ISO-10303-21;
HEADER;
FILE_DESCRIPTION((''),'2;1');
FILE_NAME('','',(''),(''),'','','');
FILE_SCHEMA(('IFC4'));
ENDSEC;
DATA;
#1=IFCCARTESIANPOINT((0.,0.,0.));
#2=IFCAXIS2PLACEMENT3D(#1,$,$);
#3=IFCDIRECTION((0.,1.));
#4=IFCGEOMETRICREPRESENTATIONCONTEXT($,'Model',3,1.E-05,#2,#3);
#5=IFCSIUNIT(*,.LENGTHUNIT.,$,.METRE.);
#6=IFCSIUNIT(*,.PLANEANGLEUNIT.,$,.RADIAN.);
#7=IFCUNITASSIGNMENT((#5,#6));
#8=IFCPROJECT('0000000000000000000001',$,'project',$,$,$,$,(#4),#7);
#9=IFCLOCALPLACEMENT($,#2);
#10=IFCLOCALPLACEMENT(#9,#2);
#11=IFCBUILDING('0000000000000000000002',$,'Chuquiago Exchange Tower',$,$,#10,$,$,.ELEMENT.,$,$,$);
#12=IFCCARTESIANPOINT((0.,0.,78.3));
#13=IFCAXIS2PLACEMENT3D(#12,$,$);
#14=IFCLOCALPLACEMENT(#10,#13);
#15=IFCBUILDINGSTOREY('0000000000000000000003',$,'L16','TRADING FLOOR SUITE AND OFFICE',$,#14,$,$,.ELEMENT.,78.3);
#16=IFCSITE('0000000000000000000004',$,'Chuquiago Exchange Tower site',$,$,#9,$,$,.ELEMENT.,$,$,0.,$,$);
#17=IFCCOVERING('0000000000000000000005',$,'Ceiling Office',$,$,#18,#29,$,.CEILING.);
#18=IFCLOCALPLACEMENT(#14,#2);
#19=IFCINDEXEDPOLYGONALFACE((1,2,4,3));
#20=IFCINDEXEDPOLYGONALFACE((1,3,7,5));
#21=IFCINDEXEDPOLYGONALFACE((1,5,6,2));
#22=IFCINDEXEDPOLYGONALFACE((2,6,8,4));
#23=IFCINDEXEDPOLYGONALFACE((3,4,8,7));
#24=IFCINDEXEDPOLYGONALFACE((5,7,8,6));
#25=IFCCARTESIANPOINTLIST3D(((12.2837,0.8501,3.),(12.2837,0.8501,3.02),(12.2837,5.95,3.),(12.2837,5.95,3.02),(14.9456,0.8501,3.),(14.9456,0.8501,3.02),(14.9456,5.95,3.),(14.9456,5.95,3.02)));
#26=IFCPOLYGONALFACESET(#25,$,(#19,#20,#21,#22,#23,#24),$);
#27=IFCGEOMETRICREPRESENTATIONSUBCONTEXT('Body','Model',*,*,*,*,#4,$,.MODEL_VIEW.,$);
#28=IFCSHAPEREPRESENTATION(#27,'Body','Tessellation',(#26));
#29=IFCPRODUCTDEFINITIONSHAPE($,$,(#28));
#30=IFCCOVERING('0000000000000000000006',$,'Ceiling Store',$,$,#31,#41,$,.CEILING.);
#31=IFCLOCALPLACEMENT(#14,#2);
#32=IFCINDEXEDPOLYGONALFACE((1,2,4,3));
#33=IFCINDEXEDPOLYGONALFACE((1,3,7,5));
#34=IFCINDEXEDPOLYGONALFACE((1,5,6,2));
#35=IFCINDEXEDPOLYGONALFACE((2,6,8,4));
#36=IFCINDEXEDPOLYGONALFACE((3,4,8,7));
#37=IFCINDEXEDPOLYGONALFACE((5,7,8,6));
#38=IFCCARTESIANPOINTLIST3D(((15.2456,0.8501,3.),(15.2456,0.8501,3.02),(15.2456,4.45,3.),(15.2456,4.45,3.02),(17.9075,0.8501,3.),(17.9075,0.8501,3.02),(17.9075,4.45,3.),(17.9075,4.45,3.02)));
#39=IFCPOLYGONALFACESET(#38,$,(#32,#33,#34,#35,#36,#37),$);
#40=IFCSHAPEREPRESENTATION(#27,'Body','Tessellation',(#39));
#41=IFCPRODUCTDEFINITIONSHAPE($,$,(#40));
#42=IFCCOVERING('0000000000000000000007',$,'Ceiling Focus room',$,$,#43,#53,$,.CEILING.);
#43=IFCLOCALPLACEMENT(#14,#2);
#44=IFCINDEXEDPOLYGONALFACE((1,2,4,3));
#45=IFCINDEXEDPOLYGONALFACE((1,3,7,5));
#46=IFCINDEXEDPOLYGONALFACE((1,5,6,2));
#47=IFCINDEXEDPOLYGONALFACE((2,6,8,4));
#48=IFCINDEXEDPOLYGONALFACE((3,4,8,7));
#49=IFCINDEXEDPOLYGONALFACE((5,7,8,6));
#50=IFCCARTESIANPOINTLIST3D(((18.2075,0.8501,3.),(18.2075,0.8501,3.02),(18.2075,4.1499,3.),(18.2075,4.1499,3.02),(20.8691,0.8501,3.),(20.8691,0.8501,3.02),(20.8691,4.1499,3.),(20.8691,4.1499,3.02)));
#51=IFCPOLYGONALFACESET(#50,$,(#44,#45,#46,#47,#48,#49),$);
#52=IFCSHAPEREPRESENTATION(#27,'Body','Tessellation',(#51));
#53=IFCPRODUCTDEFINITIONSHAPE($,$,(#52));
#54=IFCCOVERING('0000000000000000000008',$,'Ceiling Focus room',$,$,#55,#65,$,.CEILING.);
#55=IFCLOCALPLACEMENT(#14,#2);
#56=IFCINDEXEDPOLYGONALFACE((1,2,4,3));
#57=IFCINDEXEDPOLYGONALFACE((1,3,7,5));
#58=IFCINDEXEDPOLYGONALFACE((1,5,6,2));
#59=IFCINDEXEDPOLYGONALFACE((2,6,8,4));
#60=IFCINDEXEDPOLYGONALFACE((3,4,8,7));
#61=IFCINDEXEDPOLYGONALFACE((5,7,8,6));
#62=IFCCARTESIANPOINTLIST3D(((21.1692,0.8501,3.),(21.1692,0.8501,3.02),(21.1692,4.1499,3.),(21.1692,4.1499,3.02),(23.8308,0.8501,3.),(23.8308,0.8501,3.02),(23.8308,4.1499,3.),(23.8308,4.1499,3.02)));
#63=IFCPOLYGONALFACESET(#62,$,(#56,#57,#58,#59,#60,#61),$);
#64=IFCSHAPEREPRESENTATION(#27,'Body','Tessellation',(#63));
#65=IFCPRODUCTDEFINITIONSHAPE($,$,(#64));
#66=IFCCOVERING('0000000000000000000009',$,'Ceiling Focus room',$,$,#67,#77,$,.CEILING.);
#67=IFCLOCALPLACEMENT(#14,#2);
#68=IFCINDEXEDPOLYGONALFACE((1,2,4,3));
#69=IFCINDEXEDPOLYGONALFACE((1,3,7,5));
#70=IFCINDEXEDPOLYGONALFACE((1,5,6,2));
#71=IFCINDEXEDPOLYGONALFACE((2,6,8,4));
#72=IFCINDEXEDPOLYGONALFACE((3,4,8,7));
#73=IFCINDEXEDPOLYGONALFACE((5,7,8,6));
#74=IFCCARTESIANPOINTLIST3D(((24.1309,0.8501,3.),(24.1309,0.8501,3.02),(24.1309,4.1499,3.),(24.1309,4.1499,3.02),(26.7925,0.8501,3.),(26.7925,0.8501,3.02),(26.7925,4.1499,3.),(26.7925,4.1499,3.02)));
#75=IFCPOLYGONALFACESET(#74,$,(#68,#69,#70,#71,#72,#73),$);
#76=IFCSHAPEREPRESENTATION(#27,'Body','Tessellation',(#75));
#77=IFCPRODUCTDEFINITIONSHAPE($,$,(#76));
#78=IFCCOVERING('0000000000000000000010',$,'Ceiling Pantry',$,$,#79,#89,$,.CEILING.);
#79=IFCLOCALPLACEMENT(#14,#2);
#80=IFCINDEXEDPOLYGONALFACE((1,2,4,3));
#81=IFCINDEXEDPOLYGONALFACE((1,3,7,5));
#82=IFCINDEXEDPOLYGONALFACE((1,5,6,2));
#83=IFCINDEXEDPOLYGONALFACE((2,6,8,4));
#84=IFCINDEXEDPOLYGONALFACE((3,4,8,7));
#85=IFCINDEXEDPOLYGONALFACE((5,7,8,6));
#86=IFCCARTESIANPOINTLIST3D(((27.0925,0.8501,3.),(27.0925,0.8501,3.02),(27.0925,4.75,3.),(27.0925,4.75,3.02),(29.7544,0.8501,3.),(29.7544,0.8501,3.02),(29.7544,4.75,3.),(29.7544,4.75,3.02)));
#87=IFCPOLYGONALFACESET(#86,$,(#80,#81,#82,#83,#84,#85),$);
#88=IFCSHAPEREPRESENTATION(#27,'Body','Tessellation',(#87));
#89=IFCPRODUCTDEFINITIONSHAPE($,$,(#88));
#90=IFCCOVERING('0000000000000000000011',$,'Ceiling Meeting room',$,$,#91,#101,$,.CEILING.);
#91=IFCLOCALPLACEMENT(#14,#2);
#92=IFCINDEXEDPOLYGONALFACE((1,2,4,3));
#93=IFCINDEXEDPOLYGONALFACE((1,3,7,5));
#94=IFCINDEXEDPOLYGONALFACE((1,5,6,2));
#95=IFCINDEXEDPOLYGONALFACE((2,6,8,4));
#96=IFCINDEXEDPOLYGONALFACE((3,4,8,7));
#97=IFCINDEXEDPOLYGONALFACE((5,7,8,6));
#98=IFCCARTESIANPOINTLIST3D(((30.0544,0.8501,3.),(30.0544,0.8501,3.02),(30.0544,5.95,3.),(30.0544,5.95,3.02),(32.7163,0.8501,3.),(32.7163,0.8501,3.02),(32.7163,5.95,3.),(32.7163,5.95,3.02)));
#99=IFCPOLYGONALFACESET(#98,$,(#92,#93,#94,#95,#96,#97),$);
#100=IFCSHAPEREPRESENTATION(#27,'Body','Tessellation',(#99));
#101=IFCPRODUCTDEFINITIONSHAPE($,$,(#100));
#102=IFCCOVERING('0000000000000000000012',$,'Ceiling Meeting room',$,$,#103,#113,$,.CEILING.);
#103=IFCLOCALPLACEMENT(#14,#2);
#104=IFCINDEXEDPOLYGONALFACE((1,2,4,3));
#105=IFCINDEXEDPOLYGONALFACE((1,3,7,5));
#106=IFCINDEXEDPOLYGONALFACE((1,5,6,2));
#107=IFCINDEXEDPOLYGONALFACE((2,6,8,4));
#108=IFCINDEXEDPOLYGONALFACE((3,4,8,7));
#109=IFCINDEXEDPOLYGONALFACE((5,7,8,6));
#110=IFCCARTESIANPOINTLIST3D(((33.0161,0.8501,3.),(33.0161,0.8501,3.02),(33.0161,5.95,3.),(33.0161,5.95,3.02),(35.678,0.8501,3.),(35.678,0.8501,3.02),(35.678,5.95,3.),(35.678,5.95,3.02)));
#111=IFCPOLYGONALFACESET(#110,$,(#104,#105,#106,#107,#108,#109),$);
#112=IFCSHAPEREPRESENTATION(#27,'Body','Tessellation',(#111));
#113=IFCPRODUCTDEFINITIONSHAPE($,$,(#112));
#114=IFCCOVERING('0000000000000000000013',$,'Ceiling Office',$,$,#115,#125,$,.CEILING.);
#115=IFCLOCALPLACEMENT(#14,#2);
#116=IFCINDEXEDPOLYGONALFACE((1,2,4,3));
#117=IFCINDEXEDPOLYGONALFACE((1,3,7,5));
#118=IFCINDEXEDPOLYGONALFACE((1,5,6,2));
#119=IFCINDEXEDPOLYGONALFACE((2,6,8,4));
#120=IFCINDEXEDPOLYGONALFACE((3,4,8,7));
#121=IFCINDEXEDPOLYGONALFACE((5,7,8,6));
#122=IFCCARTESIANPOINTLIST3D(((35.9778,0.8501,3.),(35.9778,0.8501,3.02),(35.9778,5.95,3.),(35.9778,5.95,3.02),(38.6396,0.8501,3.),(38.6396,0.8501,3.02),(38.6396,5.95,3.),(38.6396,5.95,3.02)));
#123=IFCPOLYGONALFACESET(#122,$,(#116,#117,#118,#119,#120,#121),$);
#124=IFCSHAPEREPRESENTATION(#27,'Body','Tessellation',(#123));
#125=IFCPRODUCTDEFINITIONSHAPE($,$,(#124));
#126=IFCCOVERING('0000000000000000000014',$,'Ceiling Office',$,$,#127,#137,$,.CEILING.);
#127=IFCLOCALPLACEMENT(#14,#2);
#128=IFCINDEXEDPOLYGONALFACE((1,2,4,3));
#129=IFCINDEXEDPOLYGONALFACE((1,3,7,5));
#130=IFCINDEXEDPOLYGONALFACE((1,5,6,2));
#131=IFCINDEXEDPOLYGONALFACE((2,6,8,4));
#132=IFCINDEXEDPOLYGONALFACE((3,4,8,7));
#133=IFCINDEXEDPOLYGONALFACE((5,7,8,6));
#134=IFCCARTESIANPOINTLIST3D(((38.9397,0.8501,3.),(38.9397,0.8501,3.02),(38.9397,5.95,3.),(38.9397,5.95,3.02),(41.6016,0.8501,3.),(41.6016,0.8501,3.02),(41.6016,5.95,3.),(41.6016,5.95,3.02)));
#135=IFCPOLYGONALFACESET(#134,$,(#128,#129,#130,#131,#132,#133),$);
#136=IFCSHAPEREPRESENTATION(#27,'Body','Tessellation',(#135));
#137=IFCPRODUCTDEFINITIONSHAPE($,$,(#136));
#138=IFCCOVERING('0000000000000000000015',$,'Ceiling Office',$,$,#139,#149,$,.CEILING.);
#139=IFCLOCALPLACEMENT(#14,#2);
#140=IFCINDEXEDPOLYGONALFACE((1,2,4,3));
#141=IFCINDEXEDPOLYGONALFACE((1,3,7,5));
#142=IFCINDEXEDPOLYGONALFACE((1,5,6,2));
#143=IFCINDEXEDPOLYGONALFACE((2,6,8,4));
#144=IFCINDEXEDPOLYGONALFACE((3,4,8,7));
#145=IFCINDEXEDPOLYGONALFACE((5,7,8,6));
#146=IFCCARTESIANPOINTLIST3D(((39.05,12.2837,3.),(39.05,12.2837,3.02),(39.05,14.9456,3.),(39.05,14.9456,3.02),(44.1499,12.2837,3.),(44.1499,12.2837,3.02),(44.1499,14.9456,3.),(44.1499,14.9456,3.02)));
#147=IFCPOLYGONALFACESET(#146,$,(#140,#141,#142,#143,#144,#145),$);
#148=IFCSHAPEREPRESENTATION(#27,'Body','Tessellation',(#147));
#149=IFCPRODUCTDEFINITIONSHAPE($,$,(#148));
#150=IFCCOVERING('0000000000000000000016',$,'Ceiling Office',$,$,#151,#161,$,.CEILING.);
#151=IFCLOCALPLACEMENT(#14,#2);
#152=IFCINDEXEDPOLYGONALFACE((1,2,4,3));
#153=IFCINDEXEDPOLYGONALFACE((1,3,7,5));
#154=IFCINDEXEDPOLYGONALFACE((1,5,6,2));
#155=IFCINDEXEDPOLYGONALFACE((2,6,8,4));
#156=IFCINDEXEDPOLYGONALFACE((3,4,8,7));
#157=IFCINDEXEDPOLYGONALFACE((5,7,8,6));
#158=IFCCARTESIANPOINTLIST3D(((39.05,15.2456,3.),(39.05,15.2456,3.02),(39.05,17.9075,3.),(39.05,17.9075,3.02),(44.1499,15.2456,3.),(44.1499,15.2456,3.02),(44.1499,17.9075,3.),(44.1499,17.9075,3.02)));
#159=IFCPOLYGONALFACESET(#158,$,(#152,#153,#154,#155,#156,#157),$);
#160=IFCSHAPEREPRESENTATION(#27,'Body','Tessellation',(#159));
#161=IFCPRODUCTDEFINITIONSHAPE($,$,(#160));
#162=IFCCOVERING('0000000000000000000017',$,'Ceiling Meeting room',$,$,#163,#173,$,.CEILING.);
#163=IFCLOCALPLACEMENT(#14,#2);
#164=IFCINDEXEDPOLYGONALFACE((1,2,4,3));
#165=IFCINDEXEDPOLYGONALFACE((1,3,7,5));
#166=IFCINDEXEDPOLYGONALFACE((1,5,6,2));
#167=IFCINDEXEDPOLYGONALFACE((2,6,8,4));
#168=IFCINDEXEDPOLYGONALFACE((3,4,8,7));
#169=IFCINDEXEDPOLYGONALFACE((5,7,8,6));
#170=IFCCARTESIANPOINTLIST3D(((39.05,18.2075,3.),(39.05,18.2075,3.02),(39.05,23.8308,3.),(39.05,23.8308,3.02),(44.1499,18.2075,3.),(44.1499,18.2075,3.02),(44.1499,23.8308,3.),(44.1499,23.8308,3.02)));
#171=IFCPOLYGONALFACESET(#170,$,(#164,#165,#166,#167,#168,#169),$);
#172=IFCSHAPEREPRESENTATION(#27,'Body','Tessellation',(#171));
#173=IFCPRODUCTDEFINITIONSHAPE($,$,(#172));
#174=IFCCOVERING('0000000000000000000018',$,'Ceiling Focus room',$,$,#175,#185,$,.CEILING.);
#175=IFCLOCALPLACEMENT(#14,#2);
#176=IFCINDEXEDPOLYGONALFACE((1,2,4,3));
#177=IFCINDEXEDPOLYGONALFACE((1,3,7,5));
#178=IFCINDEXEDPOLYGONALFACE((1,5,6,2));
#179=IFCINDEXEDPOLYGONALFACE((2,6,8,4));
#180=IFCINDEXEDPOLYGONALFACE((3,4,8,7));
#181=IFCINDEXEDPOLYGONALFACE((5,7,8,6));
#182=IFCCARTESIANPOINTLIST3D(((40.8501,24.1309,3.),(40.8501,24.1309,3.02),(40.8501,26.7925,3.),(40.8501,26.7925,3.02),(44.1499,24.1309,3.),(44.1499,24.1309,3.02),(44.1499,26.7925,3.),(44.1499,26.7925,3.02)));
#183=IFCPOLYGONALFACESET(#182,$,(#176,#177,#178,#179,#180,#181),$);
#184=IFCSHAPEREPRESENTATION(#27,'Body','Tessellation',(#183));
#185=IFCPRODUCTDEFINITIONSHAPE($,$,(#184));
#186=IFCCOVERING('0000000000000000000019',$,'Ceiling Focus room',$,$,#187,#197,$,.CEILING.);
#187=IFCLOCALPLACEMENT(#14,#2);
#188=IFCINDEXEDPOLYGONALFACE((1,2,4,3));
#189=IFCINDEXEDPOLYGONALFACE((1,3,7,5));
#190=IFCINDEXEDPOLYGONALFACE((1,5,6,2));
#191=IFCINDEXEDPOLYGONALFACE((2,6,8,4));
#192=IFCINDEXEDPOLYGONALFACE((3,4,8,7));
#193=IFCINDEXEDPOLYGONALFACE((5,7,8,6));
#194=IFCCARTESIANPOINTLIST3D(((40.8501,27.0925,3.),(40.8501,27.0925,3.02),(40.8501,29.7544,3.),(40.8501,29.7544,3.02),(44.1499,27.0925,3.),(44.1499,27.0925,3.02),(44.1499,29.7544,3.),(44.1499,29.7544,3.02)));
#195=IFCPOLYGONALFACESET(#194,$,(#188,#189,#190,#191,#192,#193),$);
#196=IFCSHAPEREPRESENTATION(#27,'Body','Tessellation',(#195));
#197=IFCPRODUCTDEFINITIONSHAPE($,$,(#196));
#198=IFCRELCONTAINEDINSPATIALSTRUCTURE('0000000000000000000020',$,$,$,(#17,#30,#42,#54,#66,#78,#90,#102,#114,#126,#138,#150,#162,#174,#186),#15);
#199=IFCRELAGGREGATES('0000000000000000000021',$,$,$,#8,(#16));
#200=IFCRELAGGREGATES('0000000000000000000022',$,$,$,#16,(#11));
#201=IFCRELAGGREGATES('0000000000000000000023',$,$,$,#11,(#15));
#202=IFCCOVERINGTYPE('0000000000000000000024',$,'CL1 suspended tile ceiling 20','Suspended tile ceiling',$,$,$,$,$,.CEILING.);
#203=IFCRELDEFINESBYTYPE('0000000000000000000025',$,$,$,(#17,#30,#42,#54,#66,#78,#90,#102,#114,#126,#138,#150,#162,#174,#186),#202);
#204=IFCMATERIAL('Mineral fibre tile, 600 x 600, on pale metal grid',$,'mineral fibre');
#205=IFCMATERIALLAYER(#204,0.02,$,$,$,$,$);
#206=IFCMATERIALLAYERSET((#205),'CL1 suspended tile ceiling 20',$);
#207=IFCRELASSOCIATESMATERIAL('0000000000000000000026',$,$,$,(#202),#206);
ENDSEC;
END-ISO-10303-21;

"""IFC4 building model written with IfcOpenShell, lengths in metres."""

from ifc_helpers import new_model, si_unit, direction, frame, origin, place, context, subcontext, project, spatial, polyline, outline, extrude, material, layer, layer_set, type_object, element, save


model = new_model("IFC4")

# Units and contexts
model_context = context("Model", 3, precision=1e-05, world=origin(), true_north=direction((0.0, 1.0)))
body_context = subcontext(model_context, "Body", "Model", "MODEL_VIEW")
ifc_project = project(units=[si_unit("LENGTHUNIT", "METRE"), si_unit("PLANEANGLEUNIT", "RADIAN")], contexts=[model_context])

# Site, building, storey
site_placement = place(None, origin())
site = spatial("IfcSite", under=ifc_project, at=site_placement, Name="Chuquiago Exchange Tower site", CompositionType="ELEMENT", RefElevation=0.0)
building_placement = place(site_placement, origin())
building = spatial("IfcBuilding", under=site, at=building_placement, Name="Chuquiago Exchange Tower", CompositionType="ELEMENT")
storey_placement = place(building_placement, frame((0.0, 0.0, 78.3)))
storey = spatial("IfcBuildingStorey", under=building, at=storey_placement, Name="L16", Description="TRADING FLOOR SUITE AND OFFICE", CompositionType="ELEMENT", Elevation=78.3)

# Coverings
ifc_material_1 = material(Name="Mineral fibre tile, 600 x 600, on pale metal grid", Category="mineral fibre")
ifc_layer_1 = layer(ifc_material_1, 0.02)
ifc_layer_set_1 = layer_set([ifc_layer_1], Name="CL1 suspended tile ceiling 20")
covering_type_1 = type_object("IfcCoveringType", Name="CL1 suspended tile ceiling 20", Description="Suspended tile ceiling", PredefinedType="CEILING", material=ifc_layer_set_1)
covering_1_placement = place(storey_placement, frame((0.0, 0.0, 3.0)))
element("IfcCovering", 1, at=covering_1_placement, inside=storey, type_object=covering_type_1, Name="Ceiling Office", PredefinedType="CEILING", context=body_context, shape_type="SweptSolid", body=[
    extrude(outline(polyline([(12.2837, 5.95), (14.9456, 5.95), (14.9456, 0.8501), (12.2837, 0.8501), (12.2837, 5.95)])), origin(), (0.0, 0.0, 1.0), 0.02),
])
covering_2_placement = place(storey_placement, frame((0.0, 0.0, 3.0)))
element("IfcCovering", 2, at=covering_2_placement, inside=storey, type_object=covering_type_1, Name="Ceiling Store", PredefinedType="CEILING", context=body_context, shape_type="SweptSolid", body=[
    extrude(outline(polyline([(15.2456, 4.45), (17.9075, 4.45), (17.9075, 0.8501), (15.2456, 0.8501), (15.2456, 4.45)])), origin(), (0.0, 0.0, 1.0), 0.02),
])
covering_3_placement = place(storey_placement, frame((0.0, 0.0, 3.0)))
element("IfcCovering", 3, at=covering_3_placement, inside=storey, type_object=covering_type_1, Name="Ceiling Focus room", PredefinedType="CEILING", context=body_context, shape_type="SweptSolid", body=[
    extrude(outline(polyline([(18.2075, 4.1499), (20.8691, 4.1499), (20.8691, 0.8501), (18.2075, 0.8501), (18.2075, 4.1499)])), origin(), (0.0, 0.0, 1.0), 0.02),
])
covering_4_placement = place(storey_placement, frame((0.0, 0.0, 3.0)))
element("IfcCovering", 4, at=covering_4_placement, inside=storey, type_object=covering_type_1, Name="Ceiling Focus room", PredefinedType="CEILING", context=body_context, shape_type="SweptSolid", body=[
    extrude(outline(polyline([(21.1692, 4.1499), (23.8308, 4.1499), (23.8308, 0.8501), (21.1692, 0.8501), (21.1692, 4.1499)])), origin(), (0.0, 0.0, 1.0), 0.02),
])
covering_5_placement = place(storey_placement, frame((0.0, 0.0, 3.0)))
element("IfcCovering", 5, at=covering_5_placement, inside=storey, type_object=covering_type_1, Name="Ceiling Focus room", PredefinedType="CEILING", context=body_context, shape_type="SweptSolid", body=[
    extrude(outline(polyline([(24.1309, 4.1499), (26.7925, 4.1499), (26.7925, 0.8501), (24.1309, 0.8501), (24.1309, 4.1499)])), origin(), (0.0, 0.0, 1.0), 0.02),
])
covering_6_placement = place(storey_placement, frame((0.0, 0.0, 3.0)))
element("IfcCovering", 6, at=covering_6_placement, inside=storey, type_object=covering_type_1, Name="Ceiling Pantry", PredefinedType="CEILING", context=body_context, shape_type="SweptSolid", body=[
    extrude(outline(polyline([(27.0925, 4.75), (29.7544, 4.75), (29.7544, 0.8501), (27.0925, 0.8501), (27.0925, 4.75)])), origin(), (0.0, 0.0, 1.0), 0.02),
])
covering_7_placement = place(storey_placement, frame((0.0, 0.0, 3.0)))
element("IfcCovering", 7, at=covering_7_placement, inside=storey, type_object=covering_type_1, Name="Ceiling Meeting room", PredefinedType="CEILING", context=body_context, shape_type="SweptSolid", body=[
    extrude(outline(polyline([(30.0544, 5.95), (32.7163, 5.95), (32.7163, 0.8501), (30.0544, 0.8501), (30.0544, 5.95)])), origin(), (0.0, 0.0, 1.0), 0.02),
])
covering_8_placement = place(storey_placement, frame((0.0, 0.0, 3.0)))
element("IfcCovering", 8, at=covering_8_placement, inside=storey, type_object=covering_type_1, Name="Ceiling Meeting room", PredefinedType="CEILING", context=body_context, shape_type="SweptSolid", body=[
    extrude(outline(polyline([(33.0161, 5.95), (35.678, 5.95), (35.678, 0.8501), (33.0161, 0.8501), (33.0161, 5.95)])), origin(), (0.0, 0.0, 1.0), 0.02),
])
covering_9_placement = place(storey_placement, frame((0.0, 0.0, 3.0)))
element("IfcCovering", 9, at=covering_9_placement, inside=storey, type_object=covering_type_1, Name="Ceiling Office", PredefinedType="CEILING", context=body_context, shape_type="SweptSolid", body=[
    extrude(outline(polyline([(35.9778, 5.95), (38.6396, 5.95), (38.6396, 0.8501), (35.9778, 0.8501), (35.9778, 5.95)])), origin(), (0.0, 0.0, 1.0), 0.02),
])
covering_10_placement = place(storey_placement, frame((0.0, 0.0, 3.0)))
element("IfcCovering", 10, at=covering_10_placement, inside=storey, type_object=covering_type_1, Name="Ceiling Office", PredefinedType="CEILING", context=body_context, shape_type="SweptSolid", body=[
    extrude(outline(polyline([(38.9397, 0.8501), (38.9397, 5.95), (41.6016, 5.95), (41.6016, 0.8501), (38.9397, 0.8501)])), origin(), (0.0, 0.0, 1.0), 0.02),
])
covering_11_placement = place(storey_placement, frame((0.0, 0.0, 3.0)))
element("IfcCovering", 11, at=covering_11_placement, inside=storey, type_object=covering_type_1, Name="Ceiling Office", PredefinedType="CEILING", context=body_context, shape_type="SweptSolid", body=[
    extrude(outline(polyline([(39.05, 12.2837), (39.05, 14.9456), (44.1499, 14.9456), (44.1499, 12.2837), (39.05, 12.2837)])), origin(), (0.0, 0.0, 1.0), 0.02),
])
covering_12_placement = place(storey_placement, frame((0.0, 0.0, 3.0)))
element("IfcCovering", 12, at=covering_12_placement, inside=storey, type_object=covering_type_1, Name="Ceiling Office", PredefinedType="CEILING", context=body_context, shape_type="SweptSolid", body=[
    extrude(outline(polyline([(39.05, 15.2456), (39.05, 17.9075), (44.1499, 17.9075), (44.1499, 15.2456), (39.05, 15.2456)])), origin(), (0.0, 0.0, 1.0), 0.02),
])
covering_13_placement = place(storey_placement, frame((0.0, 0.0, 3.0)))
element("IfcCovering", 13, at=covering_13_placement, inside=storey, type_object=covering_type_1, Name="Ceiling Meeting room", PredefinedType="CEILING", context=body_context, shape_type="SweptSolid", body=[
    extrude(outline(polyline([(39.05, 18.2075), (39.05, 23.8308), (44.1499, 23.8308), (44.1499, 18.2075), (39.05, 18.2075)])), origin(), (0.0, 0.0, 1.0), 0.02),
])
covering_14_placement = place(storey_placement, frame((0.0, 0.0, 3.0)))
element("IfcCovering", 14, at=covering_14_placement, inside=storey, type_object=covering_type_1, Name="Ceiling Focus room", PredefinedType="CEILING", context=body_context, shape_type="SweptSolid", body=[
    extrude(outline(polyline([(40.8501, 24.1309), (40.8501, 26.7925), (44.1499, 26.7925), (44.1499, 24.1309), (40.8501, 24.1309)])), origin(), (0.0, 0.0, 1.0), 0.02),
])
covering_15_placement = place(storey_placement, frame((0.0, 0.0, 3.0)))
element("IfcCovering", 15, at=covering_15_placement, inside=storey, type_object=covering_type_1, Name="Ceiling Focus room", PredefinedType="CEILING", context=body_context, shape_type="SweptSolid", body=[
    extrude(outline(polyline([(40.8501, 27.0925), (40.8501, 29.7544), (44.1499, 29.7544), (44.1499, 27.0925), (40.8501, 27.0925)])), origin(), (0.0, 0.0, 1.0), 0.02),
])

save(model, "model.ifc")
